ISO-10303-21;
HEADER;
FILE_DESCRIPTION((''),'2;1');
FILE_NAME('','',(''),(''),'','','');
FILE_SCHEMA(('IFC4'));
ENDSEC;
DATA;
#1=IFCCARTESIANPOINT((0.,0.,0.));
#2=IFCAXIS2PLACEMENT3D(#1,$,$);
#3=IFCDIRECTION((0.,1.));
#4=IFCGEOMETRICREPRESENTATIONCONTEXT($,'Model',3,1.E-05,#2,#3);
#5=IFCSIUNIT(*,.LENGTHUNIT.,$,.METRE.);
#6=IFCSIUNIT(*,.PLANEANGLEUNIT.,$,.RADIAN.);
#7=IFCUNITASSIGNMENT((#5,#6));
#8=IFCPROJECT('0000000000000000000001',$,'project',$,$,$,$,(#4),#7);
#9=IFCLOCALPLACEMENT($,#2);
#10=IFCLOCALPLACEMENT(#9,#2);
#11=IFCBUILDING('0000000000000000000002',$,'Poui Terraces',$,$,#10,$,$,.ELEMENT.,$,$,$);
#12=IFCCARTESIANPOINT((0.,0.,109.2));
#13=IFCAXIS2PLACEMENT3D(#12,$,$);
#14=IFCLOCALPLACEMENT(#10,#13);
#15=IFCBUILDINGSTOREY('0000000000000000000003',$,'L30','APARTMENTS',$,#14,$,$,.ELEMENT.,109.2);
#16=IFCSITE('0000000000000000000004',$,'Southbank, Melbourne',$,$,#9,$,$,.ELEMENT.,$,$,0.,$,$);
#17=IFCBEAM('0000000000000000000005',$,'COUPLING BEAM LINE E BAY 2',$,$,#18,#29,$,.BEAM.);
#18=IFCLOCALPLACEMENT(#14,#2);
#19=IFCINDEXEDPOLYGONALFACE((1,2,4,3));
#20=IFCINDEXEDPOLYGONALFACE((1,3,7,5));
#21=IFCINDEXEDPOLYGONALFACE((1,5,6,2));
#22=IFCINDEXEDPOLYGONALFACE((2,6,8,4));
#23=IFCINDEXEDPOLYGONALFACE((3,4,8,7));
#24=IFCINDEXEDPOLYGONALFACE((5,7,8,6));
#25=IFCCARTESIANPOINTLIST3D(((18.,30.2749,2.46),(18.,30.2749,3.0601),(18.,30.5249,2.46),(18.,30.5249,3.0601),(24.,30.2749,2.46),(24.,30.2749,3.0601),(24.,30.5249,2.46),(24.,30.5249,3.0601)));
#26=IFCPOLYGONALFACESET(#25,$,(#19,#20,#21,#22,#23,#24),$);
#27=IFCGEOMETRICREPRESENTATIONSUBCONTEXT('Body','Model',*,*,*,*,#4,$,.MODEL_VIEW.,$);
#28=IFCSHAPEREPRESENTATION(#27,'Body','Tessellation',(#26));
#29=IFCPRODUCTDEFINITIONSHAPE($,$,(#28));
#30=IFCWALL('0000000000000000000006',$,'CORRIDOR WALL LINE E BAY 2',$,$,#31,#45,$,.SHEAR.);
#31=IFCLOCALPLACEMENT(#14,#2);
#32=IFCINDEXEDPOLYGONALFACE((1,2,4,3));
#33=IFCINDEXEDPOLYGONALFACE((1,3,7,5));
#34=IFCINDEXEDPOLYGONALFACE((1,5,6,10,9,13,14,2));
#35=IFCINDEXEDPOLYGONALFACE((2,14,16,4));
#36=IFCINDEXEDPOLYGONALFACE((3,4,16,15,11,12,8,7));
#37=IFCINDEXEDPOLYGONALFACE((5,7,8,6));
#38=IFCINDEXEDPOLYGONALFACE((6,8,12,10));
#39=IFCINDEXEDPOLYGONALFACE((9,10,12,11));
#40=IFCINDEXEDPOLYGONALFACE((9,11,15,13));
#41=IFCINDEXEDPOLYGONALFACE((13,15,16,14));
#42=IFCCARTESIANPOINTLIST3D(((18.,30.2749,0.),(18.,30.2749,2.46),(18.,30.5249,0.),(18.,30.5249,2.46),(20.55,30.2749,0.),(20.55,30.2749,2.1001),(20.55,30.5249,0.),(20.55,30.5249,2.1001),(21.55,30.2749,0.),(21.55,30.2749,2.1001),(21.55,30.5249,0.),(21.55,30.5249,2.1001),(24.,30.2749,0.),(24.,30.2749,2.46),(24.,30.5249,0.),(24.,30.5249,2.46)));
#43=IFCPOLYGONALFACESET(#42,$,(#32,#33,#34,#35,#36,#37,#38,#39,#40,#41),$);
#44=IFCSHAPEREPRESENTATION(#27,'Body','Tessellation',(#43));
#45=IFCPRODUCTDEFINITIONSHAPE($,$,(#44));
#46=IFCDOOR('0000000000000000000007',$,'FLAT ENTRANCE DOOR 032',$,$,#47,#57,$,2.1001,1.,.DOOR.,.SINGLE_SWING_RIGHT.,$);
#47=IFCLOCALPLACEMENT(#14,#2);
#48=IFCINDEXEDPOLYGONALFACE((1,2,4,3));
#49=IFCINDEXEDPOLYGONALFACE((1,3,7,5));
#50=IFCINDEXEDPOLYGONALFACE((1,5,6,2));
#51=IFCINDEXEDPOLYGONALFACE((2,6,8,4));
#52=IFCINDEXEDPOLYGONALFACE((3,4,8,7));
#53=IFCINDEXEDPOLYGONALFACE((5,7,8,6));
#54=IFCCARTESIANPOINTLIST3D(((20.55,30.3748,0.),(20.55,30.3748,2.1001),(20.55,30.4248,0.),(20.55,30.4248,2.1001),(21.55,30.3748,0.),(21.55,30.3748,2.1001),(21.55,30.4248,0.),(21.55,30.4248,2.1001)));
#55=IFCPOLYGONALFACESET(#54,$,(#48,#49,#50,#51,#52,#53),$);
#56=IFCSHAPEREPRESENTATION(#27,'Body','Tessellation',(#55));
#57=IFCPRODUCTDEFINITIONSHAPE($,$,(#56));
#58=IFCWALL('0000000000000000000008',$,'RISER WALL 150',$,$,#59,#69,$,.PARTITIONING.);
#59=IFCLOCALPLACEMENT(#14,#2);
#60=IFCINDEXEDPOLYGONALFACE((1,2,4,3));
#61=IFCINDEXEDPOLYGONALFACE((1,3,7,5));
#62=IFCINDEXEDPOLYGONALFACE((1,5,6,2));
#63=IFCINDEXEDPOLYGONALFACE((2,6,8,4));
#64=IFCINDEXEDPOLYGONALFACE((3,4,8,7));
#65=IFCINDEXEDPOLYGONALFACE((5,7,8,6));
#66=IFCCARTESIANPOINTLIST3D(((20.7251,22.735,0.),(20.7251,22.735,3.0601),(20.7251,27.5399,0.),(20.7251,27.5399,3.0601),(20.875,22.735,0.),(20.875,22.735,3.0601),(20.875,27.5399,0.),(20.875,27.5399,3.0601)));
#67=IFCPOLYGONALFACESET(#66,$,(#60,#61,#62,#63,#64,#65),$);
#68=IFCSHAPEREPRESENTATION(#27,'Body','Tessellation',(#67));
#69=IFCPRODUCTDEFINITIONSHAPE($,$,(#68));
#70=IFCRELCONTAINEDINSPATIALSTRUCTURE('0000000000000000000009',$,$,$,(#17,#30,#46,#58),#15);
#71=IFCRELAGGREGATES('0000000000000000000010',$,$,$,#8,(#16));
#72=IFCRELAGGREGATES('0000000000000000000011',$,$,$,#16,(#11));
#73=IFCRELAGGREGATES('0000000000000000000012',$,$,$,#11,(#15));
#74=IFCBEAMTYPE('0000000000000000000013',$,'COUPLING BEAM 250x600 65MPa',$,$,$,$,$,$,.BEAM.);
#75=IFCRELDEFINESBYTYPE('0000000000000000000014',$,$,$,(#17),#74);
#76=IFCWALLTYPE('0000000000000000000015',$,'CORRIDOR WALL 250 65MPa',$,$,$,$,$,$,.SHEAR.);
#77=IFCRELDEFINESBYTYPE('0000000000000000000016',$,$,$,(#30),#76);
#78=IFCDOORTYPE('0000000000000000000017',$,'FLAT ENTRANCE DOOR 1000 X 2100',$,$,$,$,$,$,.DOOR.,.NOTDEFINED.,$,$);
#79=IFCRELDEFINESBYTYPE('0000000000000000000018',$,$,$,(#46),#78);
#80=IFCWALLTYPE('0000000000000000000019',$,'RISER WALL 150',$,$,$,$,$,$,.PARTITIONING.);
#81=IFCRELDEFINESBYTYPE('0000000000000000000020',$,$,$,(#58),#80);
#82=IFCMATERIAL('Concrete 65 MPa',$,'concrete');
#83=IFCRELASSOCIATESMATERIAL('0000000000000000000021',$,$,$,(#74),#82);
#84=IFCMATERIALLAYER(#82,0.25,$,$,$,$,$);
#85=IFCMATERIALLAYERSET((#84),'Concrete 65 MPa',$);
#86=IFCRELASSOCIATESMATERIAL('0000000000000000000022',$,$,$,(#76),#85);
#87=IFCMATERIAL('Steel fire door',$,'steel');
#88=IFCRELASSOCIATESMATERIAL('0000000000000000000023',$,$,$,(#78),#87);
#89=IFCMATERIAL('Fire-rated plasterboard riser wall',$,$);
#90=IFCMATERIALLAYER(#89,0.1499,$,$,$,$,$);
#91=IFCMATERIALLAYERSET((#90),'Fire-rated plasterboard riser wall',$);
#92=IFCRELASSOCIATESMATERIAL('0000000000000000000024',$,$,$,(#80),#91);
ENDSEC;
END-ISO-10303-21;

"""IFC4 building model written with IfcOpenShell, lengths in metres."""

from ifc_helpers import new_model, si_unit, direction, frame, frame_2d, origin, origin_2d, place, context, subcontext, project, spatial, rectangle, extrude, source, transform, mapped, material, layer, layer_set, material_profile, profile_set, type_object, element, fill, save


model = new_model("IFC4")

# Units and contexts
model_context = context("Model", 3, precision=1e-05, world=origin(), true_north=direction((0.0, 1.0)))
body_context = subcontext(model_context, "Body", "Model", "MODEL_VIEW")
ifc_project = project(units=[si_unit("LENGTHUNIT", "METRE"), si_unit("PLANEANGLEUNIT", "RADIAN")], contexts=[model_context])

# Site, building, storey
site_placement = place(None, origin())
site = spatial("IfcSite", under=ifc_project, at=site_placement, Name="Southbank, Melbourne", CompositionType="ELEMENT", RefElevation=0.0)
building_placement = place(site_placement, origin())
building = spatial("IfcBuilding", under=site, at=building_placement, Name="Poui Terraces", CompositionType="ELEMENT")
storey_placement = place(building_placement, frame((0.0, 0.0, 109.2)))
storey = spatial("IfcBuildingStorey", under=building, at=storey_placement, Name="L30", Description="APARTMENTS", CompositionType="ELEMENT", Elevation=109.2)

# Beam
ifc_material_1 = material(Name="Concrete 65 MPa", Category="concrete")
ifc_material_profile = material_profile(ifc_material_1, rectangle(XDim=0.25, YDim=0.6001, at=origin_2d()), Name="RC 250x600")
ifc_profile_set = profile_set([ifc_material_profile], Name="Concrete 65 MPa")
beam_type = type_object("IfcBeamType", Name="COUPLING BEAM 250x600 65MPa", PredefinedType="BEAM", material=ifc_profile_set)
shared_shape = source(origin(), body_context, "Body", "SweptSolid", [
    extrude(rectangle(XDim=0.25, YDim=0.6001, at=origin_2d()), origin(), (0.0, 0.0, 1.0), 6.0),
])
beam_placement = place(storey_placement, frame((18.0, 30.3999, 2.76), z_axis=(1.0, 0.0, 0.0), x_axis=(0.0, 1.0, 0.0)))
element("IfcBeam", 1, at=beam_placement, inside=storey, type_object=beam_type, Name="COUPLING BEAM LINE E BAY 2", PredefinedType="BEAM", context=body_context, shape_type="MappedRepresentation", body=[
    mapped(shared_shape, transform((0.0, 0.0, 0.0))),
])

# Wall, opening, door
ifc_layer_1 = layer(ifc_material_1, 0.25)
ifc_layer_set_1 = layer_set([ifc_layer_1], Name="Concrete 65 MPa")
wall_type_1 = type_object("IfcWallType", Name="CORRIDOR WALL 250 65MPa", PredefinedType="SHEAR", material=ifc_layer_set_1)
wall_1_placement = place(storey_placement, frame((18.0, 30.3999, 0.0), z_axis=(0.0, 0.0, 1.0), x_axis=(1.0, 0.0, 0.0)))
wall_1 = element("IfcWall", 2, at=wall_1_placement, inside=storey, type_object=wall_type_1, Name="CORRIDOR WALL LINE E BAY 2", PredefinedType="SHEAR", context=body_context, shape_type="SweptSolid", body=[
    extrude(rectangle(XDim=6.0, YDim=0.25, at=frame_2d((3.0, 0.0))), origin(), (0.0, 0.0, 1.0), 2.46),
])
opening_placement = place(wall_1_placement, frame((2.55, 0.0, 0.0)))
opening = element("IfcOpeningElement", 3, at=opening_placement, cuts=wall_1, PredefinedType="OPENING", context=body_context, shape_type="SweptSolid", body=[
    extrude(rectangle(XDim=1.0, YDim=2.1001, at=frame_2d((0.5, 1.05))), frame((0.0, 0.135, 0.0), z_axis=(0.0, -1.0, 0.0), x_axis=(1.0, 0.0, 0.0)), (0.0, 0.0, 1.0), 0.27),
])
ifc_material_2 = material(Name="Steel fire door", Category="steel")
door_type = type_object("IfcDoorType", Name="FLAT ENTRANCE DOOR 1000 X 2100", OperationType="NOTDEFINED", PredefinedType="DOOR", material=ifc_material_2)
door_placement = place(opening_placement, origin())
door = element("IfcDoor", 4, at=door_placement, inside=storey, type_object=door_type, Name="FLAT ENTRANCE DOOR 032", OperationType="SINGLE_SWING_RIGHT", OverallHeight=2.1001, OverallWidth=1.0, PredefinedType="DOOR", context=body_context, shape_type="SweptSolid", body=[
    extrude(rectangle(XDim=1.0, YDim=2.1001, at=frame_2d((0.5, 1.05))), frame((0.0, 0.0249, 0.0), z_axis=(0.0, -1.0, 0.0), x_axis=(1.0, 0.0, 0.0)), (0.0, 0.0, 1.0), 0.05),
])
fill(opening, door)

# Wall
ifc_material_3 = material(Name="Fire-rated plasterboard riser wall")
ifc_layer_2 = layer(ifc_material_3, 0.1499)
ifc_layer_set_2 = layer_set([ifc_layer_2], Name="Fire-rated plasterboard riser wall")
wall_type_2 = type_object("IfcWallType", Name="RISER WALL 150", PredefinedType="PARTITIONING", material=ifc_layer_set_2)
wall_2_placement = place(storey_placement, frame((20.8, 22.7351, 0.0), z_axis=(0.0, 0.0, 1.0), x_axis=(0.0, 1.0, 0.0)))
element("IfcWall", 5, at=wall_2_placement, inside=storey, type_object=wall_type_2, Name="RISER WALL 150", PredefinedType="PARTITIONING", context=body_context, shape_type="SweptSolid", body=[
    extrude(rectangle(XDim=4.8049, YDim=0.1499, at=frame_2d((2.4023, 0.0))), origin(), (0.0, 0.0, 1.0), 3.0601),
])

save(model, "model.ifc")
